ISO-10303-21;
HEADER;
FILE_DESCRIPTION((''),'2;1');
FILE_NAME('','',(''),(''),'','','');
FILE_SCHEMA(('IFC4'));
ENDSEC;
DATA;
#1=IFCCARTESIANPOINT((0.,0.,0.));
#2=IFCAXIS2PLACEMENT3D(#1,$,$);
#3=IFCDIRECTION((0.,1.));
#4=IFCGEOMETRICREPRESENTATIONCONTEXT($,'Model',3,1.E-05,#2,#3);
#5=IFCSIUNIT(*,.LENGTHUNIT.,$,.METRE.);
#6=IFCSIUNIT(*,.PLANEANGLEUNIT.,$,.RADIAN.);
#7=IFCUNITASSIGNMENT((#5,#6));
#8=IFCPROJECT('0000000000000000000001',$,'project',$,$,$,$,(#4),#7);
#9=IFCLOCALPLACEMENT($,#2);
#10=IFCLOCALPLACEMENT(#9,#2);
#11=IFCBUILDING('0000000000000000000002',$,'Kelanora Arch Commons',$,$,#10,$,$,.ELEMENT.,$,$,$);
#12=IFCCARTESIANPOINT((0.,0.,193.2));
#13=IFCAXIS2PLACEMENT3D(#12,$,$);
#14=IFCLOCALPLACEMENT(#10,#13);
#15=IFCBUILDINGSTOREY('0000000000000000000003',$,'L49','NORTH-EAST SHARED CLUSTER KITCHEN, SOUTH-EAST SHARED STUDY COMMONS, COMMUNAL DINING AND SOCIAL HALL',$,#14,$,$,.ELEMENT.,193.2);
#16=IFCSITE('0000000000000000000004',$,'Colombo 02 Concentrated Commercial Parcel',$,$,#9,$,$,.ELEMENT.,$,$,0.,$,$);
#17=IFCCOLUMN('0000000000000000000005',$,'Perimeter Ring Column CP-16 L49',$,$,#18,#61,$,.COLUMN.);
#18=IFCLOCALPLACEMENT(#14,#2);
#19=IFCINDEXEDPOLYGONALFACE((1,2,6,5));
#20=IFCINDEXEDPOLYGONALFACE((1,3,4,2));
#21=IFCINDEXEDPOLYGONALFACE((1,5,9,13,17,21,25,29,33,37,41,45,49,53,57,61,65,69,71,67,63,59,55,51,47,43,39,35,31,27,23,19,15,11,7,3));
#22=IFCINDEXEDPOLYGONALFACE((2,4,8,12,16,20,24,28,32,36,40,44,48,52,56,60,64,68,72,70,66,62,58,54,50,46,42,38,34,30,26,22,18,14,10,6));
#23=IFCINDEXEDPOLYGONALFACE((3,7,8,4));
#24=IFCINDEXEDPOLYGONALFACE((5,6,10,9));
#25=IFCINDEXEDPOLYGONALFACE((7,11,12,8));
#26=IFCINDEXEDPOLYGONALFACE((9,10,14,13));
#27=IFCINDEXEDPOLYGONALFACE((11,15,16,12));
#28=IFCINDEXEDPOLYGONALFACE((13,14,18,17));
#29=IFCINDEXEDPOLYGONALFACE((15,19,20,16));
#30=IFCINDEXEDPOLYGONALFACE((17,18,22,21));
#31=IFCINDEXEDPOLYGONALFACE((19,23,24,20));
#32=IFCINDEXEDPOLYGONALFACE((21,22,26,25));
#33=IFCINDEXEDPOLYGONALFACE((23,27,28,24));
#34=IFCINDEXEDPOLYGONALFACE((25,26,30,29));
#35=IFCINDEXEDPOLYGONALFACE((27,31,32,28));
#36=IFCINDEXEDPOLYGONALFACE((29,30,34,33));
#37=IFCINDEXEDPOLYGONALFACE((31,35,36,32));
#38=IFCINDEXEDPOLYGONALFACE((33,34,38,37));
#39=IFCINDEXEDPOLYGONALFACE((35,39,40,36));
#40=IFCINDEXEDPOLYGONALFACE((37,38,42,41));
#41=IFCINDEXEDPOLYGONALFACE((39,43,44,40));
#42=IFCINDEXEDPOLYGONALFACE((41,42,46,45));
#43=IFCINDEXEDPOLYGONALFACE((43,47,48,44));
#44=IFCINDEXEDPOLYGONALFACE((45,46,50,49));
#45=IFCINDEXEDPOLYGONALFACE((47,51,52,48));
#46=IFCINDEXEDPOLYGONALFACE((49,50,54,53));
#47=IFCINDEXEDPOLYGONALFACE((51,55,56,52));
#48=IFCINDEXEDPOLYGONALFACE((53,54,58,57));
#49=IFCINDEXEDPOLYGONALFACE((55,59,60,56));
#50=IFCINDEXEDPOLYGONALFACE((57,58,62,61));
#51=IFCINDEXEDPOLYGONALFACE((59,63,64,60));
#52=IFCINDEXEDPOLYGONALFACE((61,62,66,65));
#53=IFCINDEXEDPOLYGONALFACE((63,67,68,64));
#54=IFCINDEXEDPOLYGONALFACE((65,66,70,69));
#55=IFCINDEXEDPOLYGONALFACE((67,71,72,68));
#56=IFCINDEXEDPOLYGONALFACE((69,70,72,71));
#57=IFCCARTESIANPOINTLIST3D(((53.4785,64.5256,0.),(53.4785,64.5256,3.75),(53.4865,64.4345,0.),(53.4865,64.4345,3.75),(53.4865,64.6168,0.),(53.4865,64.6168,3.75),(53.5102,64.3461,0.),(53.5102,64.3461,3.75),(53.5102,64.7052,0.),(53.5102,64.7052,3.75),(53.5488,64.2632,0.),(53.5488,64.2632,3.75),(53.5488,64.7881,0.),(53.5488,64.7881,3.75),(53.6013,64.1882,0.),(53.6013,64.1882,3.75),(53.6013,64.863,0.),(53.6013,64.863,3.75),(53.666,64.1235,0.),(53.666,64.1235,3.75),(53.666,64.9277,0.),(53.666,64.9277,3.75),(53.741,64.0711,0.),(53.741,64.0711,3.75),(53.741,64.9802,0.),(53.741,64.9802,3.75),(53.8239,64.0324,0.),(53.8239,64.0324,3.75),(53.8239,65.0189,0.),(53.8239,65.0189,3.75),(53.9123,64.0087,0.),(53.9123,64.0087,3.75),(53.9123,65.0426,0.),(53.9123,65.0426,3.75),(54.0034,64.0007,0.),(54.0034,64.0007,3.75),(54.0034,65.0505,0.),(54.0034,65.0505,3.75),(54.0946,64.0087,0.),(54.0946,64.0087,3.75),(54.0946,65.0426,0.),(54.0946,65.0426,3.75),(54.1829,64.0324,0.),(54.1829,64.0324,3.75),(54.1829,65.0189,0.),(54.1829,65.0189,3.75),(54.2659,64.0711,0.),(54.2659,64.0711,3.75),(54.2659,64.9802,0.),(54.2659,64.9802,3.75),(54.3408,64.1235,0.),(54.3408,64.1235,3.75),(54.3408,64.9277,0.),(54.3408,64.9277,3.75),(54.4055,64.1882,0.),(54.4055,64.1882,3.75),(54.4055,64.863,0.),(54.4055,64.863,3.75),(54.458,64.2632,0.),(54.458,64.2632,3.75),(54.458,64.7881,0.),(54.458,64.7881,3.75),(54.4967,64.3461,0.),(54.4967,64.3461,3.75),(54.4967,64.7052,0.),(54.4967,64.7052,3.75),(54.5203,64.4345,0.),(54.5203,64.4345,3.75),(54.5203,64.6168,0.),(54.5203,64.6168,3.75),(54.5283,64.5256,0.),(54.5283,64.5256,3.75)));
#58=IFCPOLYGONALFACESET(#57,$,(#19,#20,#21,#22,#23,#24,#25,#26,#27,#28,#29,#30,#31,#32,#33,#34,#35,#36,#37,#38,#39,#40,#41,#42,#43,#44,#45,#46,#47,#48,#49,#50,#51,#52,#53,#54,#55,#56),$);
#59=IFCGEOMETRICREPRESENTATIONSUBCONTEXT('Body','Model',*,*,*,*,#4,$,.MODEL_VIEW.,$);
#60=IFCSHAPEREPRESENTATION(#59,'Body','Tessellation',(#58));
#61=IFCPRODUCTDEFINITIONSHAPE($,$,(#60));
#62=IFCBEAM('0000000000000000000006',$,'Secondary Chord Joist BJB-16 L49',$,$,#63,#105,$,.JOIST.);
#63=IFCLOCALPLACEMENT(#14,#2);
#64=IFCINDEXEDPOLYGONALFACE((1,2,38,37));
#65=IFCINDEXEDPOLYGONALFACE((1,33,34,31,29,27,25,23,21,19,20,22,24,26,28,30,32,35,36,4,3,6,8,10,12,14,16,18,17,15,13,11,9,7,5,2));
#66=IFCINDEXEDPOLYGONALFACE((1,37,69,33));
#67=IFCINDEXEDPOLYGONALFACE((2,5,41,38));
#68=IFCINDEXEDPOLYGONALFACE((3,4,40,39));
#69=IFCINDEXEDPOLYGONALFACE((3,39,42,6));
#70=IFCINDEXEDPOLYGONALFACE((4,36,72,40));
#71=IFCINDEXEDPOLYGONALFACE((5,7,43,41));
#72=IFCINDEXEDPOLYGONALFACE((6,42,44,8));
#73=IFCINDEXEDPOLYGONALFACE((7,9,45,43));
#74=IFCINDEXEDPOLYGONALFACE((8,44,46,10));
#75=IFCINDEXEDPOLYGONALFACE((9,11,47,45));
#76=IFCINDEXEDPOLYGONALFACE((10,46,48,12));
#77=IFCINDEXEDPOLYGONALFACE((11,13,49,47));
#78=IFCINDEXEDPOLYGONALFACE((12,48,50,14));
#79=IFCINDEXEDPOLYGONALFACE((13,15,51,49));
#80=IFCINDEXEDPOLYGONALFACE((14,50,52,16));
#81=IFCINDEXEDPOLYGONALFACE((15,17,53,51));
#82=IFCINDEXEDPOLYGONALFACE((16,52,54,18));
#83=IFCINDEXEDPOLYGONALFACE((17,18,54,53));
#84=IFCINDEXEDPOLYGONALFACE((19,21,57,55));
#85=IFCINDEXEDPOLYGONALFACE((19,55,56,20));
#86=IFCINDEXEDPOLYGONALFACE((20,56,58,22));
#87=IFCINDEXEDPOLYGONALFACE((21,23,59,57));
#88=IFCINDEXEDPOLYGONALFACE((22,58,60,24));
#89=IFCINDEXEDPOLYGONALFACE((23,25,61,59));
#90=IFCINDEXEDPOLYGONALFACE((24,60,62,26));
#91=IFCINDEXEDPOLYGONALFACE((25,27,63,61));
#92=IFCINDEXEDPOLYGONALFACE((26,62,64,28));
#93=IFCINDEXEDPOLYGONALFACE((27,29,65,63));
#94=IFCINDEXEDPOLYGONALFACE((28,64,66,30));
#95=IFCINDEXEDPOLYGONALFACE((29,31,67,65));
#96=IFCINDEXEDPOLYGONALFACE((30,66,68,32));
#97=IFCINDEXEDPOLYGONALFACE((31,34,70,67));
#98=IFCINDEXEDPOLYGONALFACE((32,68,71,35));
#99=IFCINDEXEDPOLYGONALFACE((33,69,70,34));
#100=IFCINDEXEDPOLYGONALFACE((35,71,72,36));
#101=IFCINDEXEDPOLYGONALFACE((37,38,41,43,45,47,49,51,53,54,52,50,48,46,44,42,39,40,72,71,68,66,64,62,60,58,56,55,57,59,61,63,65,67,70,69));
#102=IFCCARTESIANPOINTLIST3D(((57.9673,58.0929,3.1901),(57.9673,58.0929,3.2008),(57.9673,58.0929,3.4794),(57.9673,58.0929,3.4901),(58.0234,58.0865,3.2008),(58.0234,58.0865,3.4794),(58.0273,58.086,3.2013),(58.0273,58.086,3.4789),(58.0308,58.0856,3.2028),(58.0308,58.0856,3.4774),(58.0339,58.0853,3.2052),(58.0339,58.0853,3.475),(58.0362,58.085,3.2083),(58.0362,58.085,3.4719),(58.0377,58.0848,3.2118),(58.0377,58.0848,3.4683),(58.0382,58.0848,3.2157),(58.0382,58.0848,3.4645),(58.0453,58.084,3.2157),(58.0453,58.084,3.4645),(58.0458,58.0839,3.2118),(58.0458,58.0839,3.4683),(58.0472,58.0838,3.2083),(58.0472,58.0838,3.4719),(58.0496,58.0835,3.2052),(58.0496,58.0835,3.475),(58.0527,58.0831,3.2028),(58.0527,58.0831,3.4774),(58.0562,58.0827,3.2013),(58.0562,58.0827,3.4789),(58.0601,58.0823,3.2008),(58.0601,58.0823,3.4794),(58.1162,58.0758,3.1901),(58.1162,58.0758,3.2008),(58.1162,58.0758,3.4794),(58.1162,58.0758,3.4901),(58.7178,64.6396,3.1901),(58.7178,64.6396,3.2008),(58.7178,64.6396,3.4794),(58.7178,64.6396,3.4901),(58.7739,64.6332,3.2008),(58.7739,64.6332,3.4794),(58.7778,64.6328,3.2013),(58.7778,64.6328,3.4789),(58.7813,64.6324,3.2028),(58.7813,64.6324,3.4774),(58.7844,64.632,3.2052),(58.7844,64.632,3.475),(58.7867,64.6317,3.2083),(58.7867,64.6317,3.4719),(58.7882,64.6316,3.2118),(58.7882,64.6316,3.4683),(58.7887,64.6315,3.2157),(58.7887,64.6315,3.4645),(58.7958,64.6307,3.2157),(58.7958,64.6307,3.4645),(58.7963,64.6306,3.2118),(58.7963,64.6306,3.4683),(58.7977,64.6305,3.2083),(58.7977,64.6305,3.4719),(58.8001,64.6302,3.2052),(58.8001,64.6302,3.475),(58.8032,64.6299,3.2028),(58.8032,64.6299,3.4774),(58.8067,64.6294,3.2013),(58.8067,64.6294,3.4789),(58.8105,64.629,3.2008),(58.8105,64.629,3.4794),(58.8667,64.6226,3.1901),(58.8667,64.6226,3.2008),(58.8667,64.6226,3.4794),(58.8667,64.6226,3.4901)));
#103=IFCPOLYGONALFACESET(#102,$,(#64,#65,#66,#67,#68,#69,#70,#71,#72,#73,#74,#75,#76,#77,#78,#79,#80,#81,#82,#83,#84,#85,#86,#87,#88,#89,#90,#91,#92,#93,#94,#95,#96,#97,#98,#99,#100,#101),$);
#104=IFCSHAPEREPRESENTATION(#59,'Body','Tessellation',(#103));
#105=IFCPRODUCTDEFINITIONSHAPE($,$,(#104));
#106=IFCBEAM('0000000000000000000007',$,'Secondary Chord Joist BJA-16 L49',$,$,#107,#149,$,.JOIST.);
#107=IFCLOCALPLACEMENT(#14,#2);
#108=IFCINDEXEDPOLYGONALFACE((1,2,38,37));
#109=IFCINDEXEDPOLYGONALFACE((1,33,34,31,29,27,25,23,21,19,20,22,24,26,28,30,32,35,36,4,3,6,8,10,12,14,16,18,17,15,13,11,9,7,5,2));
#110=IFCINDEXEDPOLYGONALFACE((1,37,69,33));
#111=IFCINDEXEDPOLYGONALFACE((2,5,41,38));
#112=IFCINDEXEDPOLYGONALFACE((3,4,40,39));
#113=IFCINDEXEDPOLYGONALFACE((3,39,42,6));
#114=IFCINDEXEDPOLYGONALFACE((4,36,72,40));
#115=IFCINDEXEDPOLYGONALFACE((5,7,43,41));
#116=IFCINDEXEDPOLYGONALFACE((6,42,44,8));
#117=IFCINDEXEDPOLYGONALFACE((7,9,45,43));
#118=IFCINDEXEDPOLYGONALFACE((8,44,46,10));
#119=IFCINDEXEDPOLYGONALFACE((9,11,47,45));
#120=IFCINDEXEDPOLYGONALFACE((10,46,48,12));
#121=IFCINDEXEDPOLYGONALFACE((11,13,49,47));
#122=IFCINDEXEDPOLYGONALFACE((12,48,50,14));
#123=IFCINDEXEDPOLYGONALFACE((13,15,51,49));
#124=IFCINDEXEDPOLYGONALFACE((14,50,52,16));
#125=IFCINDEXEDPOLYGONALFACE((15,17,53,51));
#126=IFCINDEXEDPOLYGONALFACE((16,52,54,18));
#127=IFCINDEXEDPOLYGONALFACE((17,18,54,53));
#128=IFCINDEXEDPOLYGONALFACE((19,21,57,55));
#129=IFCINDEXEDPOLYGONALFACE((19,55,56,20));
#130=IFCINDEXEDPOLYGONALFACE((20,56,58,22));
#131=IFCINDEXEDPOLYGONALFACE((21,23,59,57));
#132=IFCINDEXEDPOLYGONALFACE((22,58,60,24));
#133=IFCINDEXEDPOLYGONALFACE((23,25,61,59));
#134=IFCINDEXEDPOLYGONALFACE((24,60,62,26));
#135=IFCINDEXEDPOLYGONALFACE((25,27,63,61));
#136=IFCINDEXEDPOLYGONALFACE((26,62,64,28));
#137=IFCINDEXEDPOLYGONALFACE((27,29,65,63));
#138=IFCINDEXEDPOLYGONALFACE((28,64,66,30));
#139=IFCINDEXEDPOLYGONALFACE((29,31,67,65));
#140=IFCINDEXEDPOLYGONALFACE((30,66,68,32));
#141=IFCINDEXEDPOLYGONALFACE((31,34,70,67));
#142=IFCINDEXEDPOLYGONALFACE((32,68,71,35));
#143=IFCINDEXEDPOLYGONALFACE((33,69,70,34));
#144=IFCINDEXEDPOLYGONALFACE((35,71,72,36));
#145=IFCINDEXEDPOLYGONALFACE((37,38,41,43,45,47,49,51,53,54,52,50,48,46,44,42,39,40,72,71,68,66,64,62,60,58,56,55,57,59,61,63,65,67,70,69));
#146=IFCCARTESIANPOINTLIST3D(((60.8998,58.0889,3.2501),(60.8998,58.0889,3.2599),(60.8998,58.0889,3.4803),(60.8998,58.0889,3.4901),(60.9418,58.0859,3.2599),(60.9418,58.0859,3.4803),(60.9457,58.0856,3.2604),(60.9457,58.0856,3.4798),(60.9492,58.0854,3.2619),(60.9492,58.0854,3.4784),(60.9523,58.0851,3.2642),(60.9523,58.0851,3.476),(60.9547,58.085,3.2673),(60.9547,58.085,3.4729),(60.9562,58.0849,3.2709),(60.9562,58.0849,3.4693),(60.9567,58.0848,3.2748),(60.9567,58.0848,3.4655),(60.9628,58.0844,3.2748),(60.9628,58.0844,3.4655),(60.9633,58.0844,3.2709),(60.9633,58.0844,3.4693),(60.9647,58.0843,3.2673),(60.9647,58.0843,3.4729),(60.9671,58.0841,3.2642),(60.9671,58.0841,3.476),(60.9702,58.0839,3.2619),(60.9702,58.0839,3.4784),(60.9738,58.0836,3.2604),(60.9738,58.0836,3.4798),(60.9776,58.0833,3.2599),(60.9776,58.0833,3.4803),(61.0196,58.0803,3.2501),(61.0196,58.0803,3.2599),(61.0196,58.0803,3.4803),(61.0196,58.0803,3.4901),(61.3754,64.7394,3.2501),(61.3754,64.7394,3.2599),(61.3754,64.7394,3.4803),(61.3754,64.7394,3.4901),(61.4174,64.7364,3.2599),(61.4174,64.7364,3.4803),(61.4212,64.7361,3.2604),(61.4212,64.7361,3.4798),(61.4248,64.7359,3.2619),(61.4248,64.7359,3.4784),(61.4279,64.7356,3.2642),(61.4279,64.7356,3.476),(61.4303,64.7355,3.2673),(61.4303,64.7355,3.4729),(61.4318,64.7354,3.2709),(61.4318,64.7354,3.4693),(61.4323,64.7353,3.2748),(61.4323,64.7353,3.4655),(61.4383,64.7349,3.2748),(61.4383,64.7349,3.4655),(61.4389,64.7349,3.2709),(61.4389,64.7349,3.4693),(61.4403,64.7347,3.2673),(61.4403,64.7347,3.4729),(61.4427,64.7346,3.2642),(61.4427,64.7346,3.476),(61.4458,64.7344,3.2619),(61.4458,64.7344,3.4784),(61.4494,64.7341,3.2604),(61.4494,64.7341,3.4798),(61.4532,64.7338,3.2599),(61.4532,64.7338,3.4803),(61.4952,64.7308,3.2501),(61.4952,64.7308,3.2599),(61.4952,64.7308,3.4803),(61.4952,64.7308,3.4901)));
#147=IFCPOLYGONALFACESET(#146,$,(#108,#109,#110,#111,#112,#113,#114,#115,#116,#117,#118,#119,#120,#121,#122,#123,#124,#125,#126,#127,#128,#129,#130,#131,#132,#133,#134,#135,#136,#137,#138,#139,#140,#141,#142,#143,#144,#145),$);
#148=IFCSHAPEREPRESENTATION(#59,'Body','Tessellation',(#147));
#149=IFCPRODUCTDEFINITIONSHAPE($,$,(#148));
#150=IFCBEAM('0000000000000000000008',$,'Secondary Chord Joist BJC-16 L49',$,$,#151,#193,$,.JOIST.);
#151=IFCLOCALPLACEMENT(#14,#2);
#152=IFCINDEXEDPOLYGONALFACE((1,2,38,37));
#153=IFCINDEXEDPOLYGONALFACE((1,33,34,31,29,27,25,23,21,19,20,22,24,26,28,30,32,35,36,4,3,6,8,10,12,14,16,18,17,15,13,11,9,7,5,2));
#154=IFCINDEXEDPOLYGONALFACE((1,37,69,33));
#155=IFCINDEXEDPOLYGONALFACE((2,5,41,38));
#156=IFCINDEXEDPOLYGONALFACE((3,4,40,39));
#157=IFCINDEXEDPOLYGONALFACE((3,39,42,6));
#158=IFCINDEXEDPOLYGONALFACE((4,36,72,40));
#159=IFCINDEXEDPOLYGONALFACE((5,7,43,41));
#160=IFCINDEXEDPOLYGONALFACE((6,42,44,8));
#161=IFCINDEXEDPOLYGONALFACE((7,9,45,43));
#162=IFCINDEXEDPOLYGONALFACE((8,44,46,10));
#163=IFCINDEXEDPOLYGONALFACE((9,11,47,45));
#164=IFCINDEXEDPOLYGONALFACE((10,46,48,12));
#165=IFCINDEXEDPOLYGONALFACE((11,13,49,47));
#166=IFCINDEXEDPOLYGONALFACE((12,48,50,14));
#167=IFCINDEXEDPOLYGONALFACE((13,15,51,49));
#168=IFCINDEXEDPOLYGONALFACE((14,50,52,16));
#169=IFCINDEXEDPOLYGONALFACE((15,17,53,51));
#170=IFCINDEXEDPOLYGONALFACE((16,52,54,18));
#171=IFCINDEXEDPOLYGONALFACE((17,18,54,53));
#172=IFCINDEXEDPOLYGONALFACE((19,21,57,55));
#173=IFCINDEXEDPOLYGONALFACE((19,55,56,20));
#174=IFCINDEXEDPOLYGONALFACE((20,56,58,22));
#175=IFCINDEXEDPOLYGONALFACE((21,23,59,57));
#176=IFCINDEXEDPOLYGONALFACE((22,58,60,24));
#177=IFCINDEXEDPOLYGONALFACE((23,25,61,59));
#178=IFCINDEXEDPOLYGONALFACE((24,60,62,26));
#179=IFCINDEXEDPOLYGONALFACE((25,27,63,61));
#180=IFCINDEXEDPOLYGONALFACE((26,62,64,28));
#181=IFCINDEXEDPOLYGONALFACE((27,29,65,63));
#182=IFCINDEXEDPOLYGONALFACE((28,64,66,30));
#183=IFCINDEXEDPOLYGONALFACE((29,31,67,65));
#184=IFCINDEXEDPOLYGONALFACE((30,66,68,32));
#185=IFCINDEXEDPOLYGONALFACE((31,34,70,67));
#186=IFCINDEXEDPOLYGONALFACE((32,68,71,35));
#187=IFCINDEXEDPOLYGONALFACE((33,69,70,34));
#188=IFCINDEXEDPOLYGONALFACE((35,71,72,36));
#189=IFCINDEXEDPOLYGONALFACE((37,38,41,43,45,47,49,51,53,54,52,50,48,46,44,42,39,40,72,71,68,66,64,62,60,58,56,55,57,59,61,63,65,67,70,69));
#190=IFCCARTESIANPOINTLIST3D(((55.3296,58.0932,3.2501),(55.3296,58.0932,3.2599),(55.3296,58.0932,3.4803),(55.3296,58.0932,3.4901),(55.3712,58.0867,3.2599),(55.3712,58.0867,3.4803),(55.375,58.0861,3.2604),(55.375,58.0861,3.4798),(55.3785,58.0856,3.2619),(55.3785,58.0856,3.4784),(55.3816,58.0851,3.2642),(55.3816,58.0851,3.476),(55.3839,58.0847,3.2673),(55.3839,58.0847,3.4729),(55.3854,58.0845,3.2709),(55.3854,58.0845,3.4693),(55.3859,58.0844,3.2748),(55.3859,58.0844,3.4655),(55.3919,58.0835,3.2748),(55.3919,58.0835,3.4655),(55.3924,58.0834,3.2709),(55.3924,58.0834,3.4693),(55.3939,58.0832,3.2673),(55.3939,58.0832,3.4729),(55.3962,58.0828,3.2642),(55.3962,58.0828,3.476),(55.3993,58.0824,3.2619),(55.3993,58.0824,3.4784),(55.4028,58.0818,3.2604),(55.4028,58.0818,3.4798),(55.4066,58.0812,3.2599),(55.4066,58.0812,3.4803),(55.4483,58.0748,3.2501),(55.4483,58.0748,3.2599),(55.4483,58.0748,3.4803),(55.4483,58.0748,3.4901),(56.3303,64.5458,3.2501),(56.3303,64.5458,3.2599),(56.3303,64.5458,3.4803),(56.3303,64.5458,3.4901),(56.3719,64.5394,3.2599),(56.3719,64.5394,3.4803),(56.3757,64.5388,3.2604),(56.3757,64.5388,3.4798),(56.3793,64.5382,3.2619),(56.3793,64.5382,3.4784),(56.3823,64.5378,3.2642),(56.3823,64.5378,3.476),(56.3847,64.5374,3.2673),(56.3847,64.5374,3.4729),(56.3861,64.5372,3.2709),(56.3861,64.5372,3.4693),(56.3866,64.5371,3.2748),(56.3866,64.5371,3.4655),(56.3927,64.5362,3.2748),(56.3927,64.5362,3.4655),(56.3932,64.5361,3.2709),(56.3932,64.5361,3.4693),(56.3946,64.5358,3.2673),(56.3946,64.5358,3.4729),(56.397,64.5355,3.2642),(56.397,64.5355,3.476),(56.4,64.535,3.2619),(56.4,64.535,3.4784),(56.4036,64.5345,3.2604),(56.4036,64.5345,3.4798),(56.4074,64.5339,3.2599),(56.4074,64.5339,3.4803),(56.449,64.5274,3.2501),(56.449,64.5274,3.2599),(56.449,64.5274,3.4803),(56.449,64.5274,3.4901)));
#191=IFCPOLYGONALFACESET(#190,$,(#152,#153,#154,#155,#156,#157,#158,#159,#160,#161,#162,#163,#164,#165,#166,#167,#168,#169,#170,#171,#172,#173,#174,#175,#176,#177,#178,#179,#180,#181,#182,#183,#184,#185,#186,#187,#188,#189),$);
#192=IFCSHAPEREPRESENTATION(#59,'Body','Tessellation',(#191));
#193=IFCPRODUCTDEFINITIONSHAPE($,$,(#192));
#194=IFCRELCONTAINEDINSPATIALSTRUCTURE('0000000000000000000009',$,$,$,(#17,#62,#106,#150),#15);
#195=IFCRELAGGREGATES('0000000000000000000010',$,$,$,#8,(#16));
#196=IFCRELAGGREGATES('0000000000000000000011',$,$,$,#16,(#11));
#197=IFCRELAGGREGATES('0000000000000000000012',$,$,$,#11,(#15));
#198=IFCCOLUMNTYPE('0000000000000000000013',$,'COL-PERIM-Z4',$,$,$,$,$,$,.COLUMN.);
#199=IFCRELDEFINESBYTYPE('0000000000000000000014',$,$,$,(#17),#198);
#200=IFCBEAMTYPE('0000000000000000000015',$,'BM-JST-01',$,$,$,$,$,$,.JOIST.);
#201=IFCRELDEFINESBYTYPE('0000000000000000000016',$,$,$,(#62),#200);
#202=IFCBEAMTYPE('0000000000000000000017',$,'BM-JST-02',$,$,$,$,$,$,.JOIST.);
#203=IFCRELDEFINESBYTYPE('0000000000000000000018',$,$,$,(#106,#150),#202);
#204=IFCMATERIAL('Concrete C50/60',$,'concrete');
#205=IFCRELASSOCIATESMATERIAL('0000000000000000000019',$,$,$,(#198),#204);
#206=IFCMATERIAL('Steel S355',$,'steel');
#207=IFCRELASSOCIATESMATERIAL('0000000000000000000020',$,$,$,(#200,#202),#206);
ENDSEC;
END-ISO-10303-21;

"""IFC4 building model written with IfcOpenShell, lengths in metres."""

from ifc_helpers import new_model, si_unit, direction, frame, origin, origin_2d, place, context, subcontext, project, spatial, circle, i_section, extrude, material, material_profile, profile_set, type_object, element, save


model = new_model("IFC4")

# Units and contexts
model_context = context("Model", 3, precision=1e-05, world=origin(), true_north=direction((0.0, 1.0)))
body_context = subcontext(model_context, "Body", "Model", "MODEL_VIEW")
ifc_project = project(units=[si_unit("LENGTHUNIT", "METRE"), si_unit("PLANEANGLEUNIT", "RADIAN")], contexts=[model_context])

# Site, building, storey
site_placement = place(None, origin())
site = spatial("IfcSite", under=ifc_project, at=site_placement, Name="Colombo 02 Concentrated Commercial Parcel", CompositionType="ELEMENT", RefElevation=0.0)
building_placement = place(site_placement, origin())
building = spatial("IfcBuilding", under=site, at=building_placement, Name="Kelanora Arch Commons", CompositionType="ELEMENT")
storey_placement = place(building_placement, frame((0.0, 0.0, 193.2)))
storey = spatial("IfcBuildingStorey", under=building, at=storey_placement, Name="L49", Description="NORTH-EAST SHARED CLUSTER KITCHEN, SOUTH-EAST SHARED STUDY COMMONS, COMMUNAL DINING AND SOCIAL HALL", CompositionType="ELEMENT", Elevation=193.2)

# Column
ifc_material_1 = material(Name="Concrete C50/60", Category="concrete")
ifc_material_profile_1 = material_profile(ifc_material_1, circle(Radius=0.5249, at=origin_2d()), Name="RCC1050")
ifc_profile_set_1 = profile_set([ifc_material_profile_1], Name="Concrete C50/60")
column_type = type_object("IfcColumnType", Name="COL-PERIM-Z4", PredefinedType="COLUMN", material=ifc_profile_set_1)
column_placement = place(storey_placement, frame((54.0034, 64.5256, 0.0), z_axis=(0.0, 0.0, 1.0), x_axis=(1.0, 0.0, 0.0)))
element("IfcColumn", 1, at=column_placement, inside=storey, type_object=column_type, Name="Perimeter Ring Column CP-16 L49", PredefinedType="COLUMN", context=body_context, shape_type="SweptSolid", body=[
    extrude(circle(Radius=0.5249, at=origin_2d()), origin(), (0.0, 0.0, 1.0), 3.75),
])

# Beams
ifc_material_2 = material(Name="Steel S355", Category="steel")
ifc_material_profile_2 = material_profile(ifc_material_2, i_section(OverallWidth=0.1499, OverallDepth=0.3, WebThickness=0.0071, FlangeThickness=0.0107, FilletRadius=0.0149, at=origin_2d()), Name="IPE300")
ifc_profile_set_2 = profile_set([ifc_material_profile_2], Name="Steel S355")
beam_type_1 = type_object("IfcBeamType", Name="BM-JST-01", PredefinedType="JOIST", material=ifc_profile_set_2)
beam_1_placement = place(storey_placement, frame((58.7922, 64.6311, 3.3401), z_axis=(-0.113891, -0.993493, 0.0), x_axis=(0.993493, -0.113891, 0.0)))
element("IfcBeam", 2, at=beam_1_placement, inside=storey, type_object=beam_type_1, Name="Secondary Chord Joist BJB-16 L49", PredefinedType="JOIST", context=body_context, shape_type="SweptSolid", body=[
    extrude(i_section(OverallWidth=0.1499, OverallDepth=0.3, WebThickness=0.0071, FlangeThickness=0.0107, FilletRadius=0.0149, at=origin_2d()), origin(), (0.0, 0.0, 1.0), 6.5896),
])
ifc_material_profile_3 = material_profile(ifc_material_2, i_section(OverallWidth=0.1201, OverallDepth=0.24, WebThickness=0.0061, FlangeThickness=0.0098, FilletRadius=0.0149, at=origin_2d()), Name="IPE240")
ifc_profile_set_3 = profile_set([ifc_material_profile_3], Name="Steel S355")
beam_type_2 = type_object("IfcBeamType", Name="BM-JST-02", PredefinedType="JOIST", material=ifc_profile_set_3)
beam_2_placement = place(storey_placement, frame((61.4353, 64.7351, 3.3701), z_axis=(-0.07133, -0.997453, 0.0), x_axis=(0.997453, -0.07133, 0.0)))
element("IfcBeam", 3, at=beam_2_placement, inside=storey, type_object=beam_type_2, Name="Secondary Chord Joist BJA-16 L49", PredefinedType="JOIST", context=body_context, shape_type="SweptSolid", body=[
    extrude(i_section(OverallWidth=0.1201, OverallDepth=0.24, WebThickness=0.0061, FlangeThickness=0.0098, FilletRadius=0.0149, at=origin_2d()), origin(), (0.0, 0.0, 1.0), 6.6675),
])
beam_3_placement = place(storey_placement, frame((56.3896, 64.5366, 3.3701), z_axis=(-0.153257, -0.988186, 0.0), x_axis=(0.988186, -0.153257, 0.0)))
element("IfcBeam", 4, at=beam_3_placement, inside=storey, type_object=beam_type_2, Name="Secondary Chord Joist BJC-16 L49", PredefinedType="JOIST", context=body_context, shape_type="SweptSolid", body=[
    extrude(i_section(OverallWidth=0.1201, OverallDepth=0.24, WebThickness=0.0061, FlangeThickness=0.0098, FilletRadius=0.0149, at=origin_2d()), origin(), (0.0, 0.0, 1.0), 6.5298),
])

save(model, "model.ifc")
